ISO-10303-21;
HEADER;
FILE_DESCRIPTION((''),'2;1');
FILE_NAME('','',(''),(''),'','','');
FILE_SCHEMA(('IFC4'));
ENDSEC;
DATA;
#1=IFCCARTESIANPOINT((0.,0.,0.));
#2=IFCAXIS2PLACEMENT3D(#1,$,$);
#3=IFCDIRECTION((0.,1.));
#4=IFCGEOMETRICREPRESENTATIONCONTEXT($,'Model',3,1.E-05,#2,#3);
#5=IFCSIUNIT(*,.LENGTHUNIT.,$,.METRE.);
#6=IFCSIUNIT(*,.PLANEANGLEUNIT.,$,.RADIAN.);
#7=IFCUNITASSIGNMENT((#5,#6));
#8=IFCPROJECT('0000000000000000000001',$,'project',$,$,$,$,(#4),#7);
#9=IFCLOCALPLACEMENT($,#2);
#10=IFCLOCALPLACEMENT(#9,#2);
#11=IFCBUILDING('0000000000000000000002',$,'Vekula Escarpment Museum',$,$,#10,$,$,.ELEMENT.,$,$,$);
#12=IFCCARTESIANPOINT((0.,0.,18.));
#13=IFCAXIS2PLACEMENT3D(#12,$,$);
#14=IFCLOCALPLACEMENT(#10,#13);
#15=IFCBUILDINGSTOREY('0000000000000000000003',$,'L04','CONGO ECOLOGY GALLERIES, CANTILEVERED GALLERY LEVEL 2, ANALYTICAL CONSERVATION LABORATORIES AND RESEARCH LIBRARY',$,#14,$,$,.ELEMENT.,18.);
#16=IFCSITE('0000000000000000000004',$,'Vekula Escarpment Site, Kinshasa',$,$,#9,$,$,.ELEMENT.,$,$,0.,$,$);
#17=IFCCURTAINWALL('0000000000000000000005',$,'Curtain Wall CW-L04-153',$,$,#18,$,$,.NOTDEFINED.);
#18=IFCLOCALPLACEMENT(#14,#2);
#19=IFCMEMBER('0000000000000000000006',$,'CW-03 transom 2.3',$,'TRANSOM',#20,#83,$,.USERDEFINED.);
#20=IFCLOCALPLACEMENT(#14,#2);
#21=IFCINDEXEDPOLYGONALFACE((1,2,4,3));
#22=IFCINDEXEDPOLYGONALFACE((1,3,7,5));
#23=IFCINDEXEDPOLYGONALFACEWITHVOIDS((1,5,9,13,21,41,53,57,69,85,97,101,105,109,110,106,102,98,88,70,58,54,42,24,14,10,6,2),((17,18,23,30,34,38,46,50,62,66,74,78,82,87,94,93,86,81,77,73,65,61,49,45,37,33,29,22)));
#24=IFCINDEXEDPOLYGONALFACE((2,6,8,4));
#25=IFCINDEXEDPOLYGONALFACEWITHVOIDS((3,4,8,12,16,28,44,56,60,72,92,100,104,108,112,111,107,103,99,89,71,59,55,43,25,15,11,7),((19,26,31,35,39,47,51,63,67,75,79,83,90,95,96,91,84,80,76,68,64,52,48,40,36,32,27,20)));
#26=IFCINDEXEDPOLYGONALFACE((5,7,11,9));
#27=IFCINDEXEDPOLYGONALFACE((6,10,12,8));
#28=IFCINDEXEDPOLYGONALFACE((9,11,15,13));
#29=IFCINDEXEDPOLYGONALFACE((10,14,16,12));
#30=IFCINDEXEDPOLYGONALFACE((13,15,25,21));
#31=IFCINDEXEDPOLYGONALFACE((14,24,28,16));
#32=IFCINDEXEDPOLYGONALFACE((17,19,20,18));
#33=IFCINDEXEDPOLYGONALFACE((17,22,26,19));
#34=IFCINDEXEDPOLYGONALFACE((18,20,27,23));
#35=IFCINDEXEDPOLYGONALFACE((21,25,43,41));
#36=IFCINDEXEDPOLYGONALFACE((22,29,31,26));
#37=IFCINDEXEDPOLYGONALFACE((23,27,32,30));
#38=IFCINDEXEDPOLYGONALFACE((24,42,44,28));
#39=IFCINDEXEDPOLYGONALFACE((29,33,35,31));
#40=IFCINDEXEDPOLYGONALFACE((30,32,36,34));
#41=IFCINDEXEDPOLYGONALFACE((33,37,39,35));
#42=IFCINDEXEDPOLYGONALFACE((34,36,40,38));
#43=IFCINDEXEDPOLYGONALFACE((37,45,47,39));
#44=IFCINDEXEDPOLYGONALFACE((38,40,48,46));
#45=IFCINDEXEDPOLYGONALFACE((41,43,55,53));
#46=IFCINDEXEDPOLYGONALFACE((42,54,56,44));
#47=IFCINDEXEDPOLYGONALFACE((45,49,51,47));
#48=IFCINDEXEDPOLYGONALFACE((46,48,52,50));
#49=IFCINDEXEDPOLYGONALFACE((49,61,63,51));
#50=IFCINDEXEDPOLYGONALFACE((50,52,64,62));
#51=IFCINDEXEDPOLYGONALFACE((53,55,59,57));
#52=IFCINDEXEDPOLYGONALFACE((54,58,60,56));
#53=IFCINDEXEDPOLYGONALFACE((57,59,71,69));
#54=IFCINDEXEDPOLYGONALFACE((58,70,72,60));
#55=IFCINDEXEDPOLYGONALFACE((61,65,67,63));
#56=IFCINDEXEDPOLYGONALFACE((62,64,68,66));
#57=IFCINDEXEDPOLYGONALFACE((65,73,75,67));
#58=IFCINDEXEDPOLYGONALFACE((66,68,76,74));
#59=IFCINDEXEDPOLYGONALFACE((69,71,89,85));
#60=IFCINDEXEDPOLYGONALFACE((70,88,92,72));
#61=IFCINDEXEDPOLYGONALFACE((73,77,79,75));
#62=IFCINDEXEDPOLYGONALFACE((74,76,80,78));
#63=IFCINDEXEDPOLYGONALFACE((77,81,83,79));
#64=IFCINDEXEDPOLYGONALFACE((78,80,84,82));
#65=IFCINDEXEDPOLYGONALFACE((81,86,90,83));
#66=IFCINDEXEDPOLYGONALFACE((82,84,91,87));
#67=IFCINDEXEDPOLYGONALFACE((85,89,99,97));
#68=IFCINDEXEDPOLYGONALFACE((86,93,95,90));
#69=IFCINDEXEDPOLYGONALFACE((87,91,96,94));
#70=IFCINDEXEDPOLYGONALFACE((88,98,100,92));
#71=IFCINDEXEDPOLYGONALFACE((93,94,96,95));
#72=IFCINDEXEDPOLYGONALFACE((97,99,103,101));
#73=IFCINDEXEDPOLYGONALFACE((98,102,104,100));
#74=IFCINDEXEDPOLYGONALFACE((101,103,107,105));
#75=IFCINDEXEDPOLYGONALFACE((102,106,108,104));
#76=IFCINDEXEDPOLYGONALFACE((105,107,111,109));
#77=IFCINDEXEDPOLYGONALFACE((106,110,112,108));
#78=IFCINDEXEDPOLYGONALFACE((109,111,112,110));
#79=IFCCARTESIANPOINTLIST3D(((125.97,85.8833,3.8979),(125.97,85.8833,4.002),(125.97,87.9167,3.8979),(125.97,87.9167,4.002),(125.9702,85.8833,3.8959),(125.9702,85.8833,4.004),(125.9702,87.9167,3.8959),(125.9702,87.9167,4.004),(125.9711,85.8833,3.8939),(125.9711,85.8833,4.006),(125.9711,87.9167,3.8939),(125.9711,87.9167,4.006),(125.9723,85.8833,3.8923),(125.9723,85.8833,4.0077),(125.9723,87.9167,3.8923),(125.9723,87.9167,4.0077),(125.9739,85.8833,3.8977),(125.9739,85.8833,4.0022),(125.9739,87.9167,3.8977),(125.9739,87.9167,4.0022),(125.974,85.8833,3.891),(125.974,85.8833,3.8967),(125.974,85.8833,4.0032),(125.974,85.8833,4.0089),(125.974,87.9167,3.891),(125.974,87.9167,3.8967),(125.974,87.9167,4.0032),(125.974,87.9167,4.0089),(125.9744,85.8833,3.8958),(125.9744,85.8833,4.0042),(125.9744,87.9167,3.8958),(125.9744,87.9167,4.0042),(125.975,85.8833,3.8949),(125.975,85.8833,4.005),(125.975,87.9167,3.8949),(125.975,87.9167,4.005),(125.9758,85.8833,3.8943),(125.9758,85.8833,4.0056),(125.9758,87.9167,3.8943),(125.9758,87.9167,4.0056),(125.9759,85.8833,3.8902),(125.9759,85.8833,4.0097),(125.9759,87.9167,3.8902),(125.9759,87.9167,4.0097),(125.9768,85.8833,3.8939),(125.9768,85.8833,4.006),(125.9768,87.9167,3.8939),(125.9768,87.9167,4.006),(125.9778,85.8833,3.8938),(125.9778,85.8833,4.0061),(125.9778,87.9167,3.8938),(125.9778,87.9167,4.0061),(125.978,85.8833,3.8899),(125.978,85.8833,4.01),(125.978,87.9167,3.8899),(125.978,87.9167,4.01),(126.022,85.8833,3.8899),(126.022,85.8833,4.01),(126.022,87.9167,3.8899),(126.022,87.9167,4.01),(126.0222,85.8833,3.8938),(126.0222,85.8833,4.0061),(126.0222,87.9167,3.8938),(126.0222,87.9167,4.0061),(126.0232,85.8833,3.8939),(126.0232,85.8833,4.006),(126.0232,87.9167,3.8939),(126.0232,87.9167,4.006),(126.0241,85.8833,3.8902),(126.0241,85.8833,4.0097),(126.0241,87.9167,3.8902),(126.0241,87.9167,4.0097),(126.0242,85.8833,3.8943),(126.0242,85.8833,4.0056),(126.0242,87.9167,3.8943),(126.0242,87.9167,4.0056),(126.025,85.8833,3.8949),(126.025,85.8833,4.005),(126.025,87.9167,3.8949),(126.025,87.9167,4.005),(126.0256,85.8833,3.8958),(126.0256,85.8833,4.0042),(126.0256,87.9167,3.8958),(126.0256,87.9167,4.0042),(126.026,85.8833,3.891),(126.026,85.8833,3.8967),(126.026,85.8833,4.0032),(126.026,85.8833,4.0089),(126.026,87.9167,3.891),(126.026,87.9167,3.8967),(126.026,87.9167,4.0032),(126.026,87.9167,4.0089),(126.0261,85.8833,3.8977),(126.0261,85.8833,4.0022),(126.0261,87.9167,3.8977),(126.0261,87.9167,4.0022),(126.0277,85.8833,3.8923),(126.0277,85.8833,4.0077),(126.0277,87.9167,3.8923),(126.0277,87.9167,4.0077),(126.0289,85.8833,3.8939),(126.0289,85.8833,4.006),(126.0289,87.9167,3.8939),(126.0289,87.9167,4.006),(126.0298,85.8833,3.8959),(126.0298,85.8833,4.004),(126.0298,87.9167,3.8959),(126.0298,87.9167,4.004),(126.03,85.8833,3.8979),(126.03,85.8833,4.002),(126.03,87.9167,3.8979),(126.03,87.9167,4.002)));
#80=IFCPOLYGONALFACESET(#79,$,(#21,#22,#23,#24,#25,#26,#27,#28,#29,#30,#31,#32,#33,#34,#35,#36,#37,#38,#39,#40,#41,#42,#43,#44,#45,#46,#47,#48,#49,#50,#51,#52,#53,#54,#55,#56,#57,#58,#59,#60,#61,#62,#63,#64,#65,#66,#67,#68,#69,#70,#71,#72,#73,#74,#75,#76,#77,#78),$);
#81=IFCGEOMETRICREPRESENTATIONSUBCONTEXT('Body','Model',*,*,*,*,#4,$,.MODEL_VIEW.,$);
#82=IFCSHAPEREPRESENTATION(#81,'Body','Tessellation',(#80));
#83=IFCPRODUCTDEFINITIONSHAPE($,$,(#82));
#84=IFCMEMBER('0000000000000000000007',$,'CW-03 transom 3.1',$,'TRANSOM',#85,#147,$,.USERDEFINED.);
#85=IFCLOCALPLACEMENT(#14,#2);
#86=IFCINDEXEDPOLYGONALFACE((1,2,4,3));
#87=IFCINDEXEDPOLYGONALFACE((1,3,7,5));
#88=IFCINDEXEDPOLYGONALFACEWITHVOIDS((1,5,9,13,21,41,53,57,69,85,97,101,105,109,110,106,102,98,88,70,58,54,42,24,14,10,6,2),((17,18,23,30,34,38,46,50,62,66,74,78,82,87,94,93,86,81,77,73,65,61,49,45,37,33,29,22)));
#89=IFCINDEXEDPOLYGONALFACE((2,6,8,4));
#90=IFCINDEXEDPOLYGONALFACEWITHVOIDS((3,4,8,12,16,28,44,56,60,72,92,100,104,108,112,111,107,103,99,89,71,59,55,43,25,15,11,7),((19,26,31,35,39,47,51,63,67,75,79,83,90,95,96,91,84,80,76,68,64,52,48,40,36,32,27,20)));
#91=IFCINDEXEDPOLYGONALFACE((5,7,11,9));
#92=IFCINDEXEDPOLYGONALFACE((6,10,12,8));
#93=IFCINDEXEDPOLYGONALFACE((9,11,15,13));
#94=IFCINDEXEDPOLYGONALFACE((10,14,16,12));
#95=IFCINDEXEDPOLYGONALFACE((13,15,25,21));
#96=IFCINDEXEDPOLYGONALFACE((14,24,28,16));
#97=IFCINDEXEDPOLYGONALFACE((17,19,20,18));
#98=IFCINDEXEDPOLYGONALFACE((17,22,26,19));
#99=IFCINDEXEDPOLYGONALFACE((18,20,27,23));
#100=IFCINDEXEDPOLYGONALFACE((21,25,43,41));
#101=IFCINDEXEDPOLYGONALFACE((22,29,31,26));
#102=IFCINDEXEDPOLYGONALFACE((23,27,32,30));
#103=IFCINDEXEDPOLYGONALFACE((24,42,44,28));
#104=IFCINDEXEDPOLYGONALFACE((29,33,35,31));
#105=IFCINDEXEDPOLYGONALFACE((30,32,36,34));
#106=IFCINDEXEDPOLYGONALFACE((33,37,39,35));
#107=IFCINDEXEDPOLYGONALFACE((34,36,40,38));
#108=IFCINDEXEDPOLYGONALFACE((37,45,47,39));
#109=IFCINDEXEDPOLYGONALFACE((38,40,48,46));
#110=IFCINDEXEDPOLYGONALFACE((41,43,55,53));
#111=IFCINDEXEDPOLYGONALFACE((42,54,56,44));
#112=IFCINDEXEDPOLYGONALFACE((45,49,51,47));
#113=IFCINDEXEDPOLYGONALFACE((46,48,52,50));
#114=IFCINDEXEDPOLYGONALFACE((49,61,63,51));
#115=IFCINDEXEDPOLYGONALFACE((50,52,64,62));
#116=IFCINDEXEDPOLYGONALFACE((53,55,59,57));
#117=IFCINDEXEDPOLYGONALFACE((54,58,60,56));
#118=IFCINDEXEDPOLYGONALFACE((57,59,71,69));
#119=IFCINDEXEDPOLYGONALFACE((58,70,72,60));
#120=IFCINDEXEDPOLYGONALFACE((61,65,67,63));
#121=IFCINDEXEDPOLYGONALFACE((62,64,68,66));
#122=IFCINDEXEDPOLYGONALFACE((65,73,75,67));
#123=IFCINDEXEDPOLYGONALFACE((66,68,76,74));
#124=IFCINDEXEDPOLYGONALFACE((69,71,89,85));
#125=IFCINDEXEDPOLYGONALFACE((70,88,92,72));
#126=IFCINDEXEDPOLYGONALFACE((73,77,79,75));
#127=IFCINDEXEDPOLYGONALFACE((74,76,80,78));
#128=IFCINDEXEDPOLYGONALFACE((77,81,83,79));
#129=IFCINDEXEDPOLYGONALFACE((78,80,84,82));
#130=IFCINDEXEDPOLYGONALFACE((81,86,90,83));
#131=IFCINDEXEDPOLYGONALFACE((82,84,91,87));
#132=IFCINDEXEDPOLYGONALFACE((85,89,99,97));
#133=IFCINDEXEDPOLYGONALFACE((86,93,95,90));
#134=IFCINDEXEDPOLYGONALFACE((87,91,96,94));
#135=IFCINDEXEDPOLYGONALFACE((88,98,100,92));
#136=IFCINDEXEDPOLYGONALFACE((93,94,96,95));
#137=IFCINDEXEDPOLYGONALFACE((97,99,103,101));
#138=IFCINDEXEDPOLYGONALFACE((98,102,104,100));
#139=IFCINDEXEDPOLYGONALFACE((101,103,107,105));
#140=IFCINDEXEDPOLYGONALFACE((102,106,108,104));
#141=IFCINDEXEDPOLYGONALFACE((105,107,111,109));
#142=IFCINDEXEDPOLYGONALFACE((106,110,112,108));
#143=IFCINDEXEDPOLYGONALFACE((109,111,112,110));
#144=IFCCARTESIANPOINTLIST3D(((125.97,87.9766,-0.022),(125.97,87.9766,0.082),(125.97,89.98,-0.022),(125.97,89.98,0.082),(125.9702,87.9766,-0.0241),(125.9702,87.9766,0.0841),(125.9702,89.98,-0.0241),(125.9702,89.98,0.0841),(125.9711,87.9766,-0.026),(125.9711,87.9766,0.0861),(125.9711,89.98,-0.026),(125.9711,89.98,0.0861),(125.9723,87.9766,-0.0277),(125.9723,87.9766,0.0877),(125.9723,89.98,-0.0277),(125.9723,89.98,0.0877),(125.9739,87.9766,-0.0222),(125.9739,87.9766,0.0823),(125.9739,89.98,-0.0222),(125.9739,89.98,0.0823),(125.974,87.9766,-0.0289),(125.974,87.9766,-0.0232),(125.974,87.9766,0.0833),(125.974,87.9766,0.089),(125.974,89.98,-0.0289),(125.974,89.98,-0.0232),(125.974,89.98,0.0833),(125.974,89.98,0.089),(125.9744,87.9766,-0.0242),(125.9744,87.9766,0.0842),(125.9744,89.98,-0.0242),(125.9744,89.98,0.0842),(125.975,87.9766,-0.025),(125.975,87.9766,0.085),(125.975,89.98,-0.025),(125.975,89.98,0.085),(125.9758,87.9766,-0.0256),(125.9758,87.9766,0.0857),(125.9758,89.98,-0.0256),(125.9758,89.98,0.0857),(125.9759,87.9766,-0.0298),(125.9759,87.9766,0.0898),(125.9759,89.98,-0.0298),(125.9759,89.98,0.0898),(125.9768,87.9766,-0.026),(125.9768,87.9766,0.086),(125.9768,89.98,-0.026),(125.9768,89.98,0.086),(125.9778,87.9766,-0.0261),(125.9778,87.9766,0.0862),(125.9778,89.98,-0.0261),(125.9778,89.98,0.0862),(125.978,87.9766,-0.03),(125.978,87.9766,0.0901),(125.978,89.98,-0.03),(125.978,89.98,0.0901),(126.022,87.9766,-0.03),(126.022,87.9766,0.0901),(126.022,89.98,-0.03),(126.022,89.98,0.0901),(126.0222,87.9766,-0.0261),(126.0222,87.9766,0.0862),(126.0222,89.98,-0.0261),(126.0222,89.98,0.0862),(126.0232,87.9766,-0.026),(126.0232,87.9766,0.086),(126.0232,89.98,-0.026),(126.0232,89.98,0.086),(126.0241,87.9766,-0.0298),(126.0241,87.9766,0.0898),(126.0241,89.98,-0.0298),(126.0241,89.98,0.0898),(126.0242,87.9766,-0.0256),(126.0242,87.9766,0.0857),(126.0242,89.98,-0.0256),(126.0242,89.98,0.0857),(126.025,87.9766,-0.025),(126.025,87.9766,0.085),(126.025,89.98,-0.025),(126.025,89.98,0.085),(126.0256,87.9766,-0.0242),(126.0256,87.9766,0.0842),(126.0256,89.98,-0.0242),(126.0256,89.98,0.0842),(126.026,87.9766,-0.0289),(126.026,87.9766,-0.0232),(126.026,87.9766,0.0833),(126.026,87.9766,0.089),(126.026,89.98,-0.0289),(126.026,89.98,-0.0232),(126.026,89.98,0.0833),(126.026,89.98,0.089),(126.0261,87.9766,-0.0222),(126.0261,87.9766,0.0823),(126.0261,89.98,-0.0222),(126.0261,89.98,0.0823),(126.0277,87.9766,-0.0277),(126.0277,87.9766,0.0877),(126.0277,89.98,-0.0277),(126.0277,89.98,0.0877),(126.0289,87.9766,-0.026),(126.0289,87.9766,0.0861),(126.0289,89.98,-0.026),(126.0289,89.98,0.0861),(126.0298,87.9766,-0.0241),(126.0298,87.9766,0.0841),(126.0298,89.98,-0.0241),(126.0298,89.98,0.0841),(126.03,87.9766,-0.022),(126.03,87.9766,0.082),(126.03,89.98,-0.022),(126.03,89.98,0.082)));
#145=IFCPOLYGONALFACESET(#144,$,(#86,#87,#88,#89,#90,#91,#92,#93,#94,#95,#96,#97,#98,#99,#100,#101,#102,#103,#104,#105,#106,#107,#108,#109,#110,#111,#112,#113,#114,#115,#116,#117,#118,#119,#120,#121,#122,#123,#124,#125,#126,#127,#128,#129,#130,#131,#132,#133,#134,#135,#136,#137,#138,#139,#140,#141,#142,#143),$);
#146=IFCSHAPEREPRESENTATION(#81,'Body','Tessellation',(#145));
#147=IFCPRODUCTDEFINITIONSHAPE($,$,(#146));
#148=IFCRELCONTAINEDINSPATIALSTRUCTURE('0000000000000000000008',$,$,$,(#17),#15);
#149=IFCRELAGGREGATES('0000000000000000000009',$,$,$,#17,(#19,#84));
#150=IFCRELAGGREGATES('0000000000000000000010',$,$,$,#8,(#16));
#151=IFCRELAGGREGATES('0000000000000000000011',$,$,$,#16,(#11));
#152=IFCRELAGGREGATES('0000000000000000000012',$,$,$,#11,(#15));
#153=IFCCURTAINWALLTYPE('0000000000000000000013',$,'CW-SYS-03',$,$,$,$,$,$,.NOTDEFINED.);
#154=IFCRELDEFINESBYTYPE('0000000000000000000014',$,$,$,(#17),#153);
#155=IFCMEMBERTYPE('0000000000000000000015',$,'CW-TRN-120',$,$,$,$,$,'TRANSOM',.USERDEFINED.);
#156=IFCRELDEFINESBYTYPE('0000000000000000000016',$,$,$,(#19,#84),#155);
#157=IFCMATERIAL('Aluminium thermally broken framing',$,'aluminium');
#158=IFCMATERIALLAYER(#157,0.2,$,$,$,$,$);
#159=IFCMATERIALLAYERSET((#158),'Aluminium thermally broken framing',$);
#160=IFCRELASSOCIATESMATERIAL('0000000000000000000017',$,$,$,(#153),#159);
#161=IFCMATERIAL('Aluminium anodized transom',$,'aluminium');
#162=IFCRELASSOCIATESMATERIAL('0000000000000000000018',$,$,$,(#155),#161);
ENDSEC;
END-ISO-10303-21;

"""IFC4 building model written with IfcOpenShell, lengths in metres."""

from ifc_helpers import new_model, si_unit, direction, frame, origin, origin_2d, place, context, subcontext, project, spatial, hollow_rectangle, extrude, material, layer, layer_set, material_profile, profile_set, type_object, element, aggregate, save


model = new_model("IFC4")

# Units and contexts
model_context = context("Model", 3, precision=1e-05, world=origin(), true_north=direction((0.0, 1.0)))
body_context = subcontext(model_context, "Body", "Model", "MODEL_VIEW")
ifc_project = project(units=[si_unit("LENGTHUNIT", "METRE"), si_unit("PLANEANGLEUNIT", "RADIAN")], contexts=[model_context])

# Site, building, storey
site_placement = place(None, origin())
site = spatial("IfcSite", under=ifc_project, at=site_placement, Name="Vekula Escarpment Site, Kinshasa", CompositionType="ELEMENT", RefElevation=0.0)
building_placement = place(site_placement, origin())
building = spatial("IfcBuilding", under=site, at=building_placement, Name="Vekula Escarpment Museum", CompositionType="ELEMENT")
storey_placement = place(building_placement, frame((0.0, 0.0, 18.0)))
storey = spatial("IfcBuildingStorey", under=building, at=storey_placement, Name="L04", Description="CONGO ECOLOGY GALLERIES, CANTILEVERED GALLERY LEVEL 2, ANALYTICAL CONSERVATION LABORATORIES AND RESEARCH LIBRARY", CompositionType="ELEMENT", Elevation=18.0)

# Curtain wall
ifc_material_1 = material(Name="Aluminium thermally broken framing", Category="aluminium")
ifc_layer_1 = layer(ifc_material_1, 0.2)
ifc_layer_set_1 = layer_set([ifc_layer_1], Name="Aluminium thermally broken framing")
curtain_wall_type_1 = type_object("IfcCurtainWallType", Name="CW-SYS-03", PredefinedType="NOTDEFINED", material=ifc_layer_set_1)
curtain_wall_1_placement = place(storey_placement, origin())
curtain_wall_1 = element("IfcCurtainWall", 1, at=curtain_wall_1_placement, inside=storey, type_object=curtain_wall_type_1, Name="Curtain Wall CW-L04-153", PredefinedType="NOTDEFINED")

# Members
ifc_material_2 = material(Name="Aluminium anodized transom", Category="aluminium")
ifc_material_profile_1 = material_profile(ifc_material_2, hollow_rectangle(XDim=0.0601, YDim=0.1201, WallThickness=0.0039, InnerFilletRadius=0.0039, OuterFilletRadius=0.0081, at=origin_2d()), Name="ALU 120x60x4")
ifc_profile_set_1 = profile_set([ifc_material_profile_1], Name="Aluminium anodized transom")
member_type_1 = type_object("IfcMemberType", Name="CW-TRN-120", ElementType="TRANSOM", PredefinedType="USERDEFINED", material=ifc_profile_set_1)
member_1_placement = place(storey_placement, frame((126.0, 85.8833, 3.95), z_axis=(0.0, 1.0, 0.0), x_axis=(-1.0, 0.0, 0.0)))
member_1 = element("IfcMember", 2, at=member_1_placement, type_object=member_type_1, Name="CW-03 transom 2.3", ObjectType="TRANSOM", PredefinedType="USERDEFINED", context=body_context, shape_type="SweptSolid", body=[
    extrude(hollow_rectangle(XDim=0.0601, YDim=0.1201, WallThickness=0.0039, InnerFilletRadius=0.0039, OuterFilletRadius=0.0081, at=origin_2d()), origin(), (0.0, 0.0, 1.0), 2.0334),
])
member_2_placement = place(storey_placement, frame((126.0, 87.9766, 0.03), z_axis=(0.0, 1.0, 0.0), x_axis=(-1.0, 0.0, 0.0)))
member_2 = element("IfcMember", 3, at=member_2_placement, type_object=member_type_1, Name="CW-03 transom 3.1", ObjectType="TRANSOM", PredefinedType="USERDEFINED", context=body_context, shape_type="SweptSolid", body=[
    extrude(hollow_rectangle(XDim=0.0601, YDim=0.1201, WallThickness=0.0039, InnerFilletRadius=0.0039, OuterFilletRadius=0.0081, at=origin_2d()), origin(), (0.0, 0.0, 1.0), 2.0034),
])

aggregate(curtain_wall_1, [member_1, member_2])

save(model, "model.ifc")
